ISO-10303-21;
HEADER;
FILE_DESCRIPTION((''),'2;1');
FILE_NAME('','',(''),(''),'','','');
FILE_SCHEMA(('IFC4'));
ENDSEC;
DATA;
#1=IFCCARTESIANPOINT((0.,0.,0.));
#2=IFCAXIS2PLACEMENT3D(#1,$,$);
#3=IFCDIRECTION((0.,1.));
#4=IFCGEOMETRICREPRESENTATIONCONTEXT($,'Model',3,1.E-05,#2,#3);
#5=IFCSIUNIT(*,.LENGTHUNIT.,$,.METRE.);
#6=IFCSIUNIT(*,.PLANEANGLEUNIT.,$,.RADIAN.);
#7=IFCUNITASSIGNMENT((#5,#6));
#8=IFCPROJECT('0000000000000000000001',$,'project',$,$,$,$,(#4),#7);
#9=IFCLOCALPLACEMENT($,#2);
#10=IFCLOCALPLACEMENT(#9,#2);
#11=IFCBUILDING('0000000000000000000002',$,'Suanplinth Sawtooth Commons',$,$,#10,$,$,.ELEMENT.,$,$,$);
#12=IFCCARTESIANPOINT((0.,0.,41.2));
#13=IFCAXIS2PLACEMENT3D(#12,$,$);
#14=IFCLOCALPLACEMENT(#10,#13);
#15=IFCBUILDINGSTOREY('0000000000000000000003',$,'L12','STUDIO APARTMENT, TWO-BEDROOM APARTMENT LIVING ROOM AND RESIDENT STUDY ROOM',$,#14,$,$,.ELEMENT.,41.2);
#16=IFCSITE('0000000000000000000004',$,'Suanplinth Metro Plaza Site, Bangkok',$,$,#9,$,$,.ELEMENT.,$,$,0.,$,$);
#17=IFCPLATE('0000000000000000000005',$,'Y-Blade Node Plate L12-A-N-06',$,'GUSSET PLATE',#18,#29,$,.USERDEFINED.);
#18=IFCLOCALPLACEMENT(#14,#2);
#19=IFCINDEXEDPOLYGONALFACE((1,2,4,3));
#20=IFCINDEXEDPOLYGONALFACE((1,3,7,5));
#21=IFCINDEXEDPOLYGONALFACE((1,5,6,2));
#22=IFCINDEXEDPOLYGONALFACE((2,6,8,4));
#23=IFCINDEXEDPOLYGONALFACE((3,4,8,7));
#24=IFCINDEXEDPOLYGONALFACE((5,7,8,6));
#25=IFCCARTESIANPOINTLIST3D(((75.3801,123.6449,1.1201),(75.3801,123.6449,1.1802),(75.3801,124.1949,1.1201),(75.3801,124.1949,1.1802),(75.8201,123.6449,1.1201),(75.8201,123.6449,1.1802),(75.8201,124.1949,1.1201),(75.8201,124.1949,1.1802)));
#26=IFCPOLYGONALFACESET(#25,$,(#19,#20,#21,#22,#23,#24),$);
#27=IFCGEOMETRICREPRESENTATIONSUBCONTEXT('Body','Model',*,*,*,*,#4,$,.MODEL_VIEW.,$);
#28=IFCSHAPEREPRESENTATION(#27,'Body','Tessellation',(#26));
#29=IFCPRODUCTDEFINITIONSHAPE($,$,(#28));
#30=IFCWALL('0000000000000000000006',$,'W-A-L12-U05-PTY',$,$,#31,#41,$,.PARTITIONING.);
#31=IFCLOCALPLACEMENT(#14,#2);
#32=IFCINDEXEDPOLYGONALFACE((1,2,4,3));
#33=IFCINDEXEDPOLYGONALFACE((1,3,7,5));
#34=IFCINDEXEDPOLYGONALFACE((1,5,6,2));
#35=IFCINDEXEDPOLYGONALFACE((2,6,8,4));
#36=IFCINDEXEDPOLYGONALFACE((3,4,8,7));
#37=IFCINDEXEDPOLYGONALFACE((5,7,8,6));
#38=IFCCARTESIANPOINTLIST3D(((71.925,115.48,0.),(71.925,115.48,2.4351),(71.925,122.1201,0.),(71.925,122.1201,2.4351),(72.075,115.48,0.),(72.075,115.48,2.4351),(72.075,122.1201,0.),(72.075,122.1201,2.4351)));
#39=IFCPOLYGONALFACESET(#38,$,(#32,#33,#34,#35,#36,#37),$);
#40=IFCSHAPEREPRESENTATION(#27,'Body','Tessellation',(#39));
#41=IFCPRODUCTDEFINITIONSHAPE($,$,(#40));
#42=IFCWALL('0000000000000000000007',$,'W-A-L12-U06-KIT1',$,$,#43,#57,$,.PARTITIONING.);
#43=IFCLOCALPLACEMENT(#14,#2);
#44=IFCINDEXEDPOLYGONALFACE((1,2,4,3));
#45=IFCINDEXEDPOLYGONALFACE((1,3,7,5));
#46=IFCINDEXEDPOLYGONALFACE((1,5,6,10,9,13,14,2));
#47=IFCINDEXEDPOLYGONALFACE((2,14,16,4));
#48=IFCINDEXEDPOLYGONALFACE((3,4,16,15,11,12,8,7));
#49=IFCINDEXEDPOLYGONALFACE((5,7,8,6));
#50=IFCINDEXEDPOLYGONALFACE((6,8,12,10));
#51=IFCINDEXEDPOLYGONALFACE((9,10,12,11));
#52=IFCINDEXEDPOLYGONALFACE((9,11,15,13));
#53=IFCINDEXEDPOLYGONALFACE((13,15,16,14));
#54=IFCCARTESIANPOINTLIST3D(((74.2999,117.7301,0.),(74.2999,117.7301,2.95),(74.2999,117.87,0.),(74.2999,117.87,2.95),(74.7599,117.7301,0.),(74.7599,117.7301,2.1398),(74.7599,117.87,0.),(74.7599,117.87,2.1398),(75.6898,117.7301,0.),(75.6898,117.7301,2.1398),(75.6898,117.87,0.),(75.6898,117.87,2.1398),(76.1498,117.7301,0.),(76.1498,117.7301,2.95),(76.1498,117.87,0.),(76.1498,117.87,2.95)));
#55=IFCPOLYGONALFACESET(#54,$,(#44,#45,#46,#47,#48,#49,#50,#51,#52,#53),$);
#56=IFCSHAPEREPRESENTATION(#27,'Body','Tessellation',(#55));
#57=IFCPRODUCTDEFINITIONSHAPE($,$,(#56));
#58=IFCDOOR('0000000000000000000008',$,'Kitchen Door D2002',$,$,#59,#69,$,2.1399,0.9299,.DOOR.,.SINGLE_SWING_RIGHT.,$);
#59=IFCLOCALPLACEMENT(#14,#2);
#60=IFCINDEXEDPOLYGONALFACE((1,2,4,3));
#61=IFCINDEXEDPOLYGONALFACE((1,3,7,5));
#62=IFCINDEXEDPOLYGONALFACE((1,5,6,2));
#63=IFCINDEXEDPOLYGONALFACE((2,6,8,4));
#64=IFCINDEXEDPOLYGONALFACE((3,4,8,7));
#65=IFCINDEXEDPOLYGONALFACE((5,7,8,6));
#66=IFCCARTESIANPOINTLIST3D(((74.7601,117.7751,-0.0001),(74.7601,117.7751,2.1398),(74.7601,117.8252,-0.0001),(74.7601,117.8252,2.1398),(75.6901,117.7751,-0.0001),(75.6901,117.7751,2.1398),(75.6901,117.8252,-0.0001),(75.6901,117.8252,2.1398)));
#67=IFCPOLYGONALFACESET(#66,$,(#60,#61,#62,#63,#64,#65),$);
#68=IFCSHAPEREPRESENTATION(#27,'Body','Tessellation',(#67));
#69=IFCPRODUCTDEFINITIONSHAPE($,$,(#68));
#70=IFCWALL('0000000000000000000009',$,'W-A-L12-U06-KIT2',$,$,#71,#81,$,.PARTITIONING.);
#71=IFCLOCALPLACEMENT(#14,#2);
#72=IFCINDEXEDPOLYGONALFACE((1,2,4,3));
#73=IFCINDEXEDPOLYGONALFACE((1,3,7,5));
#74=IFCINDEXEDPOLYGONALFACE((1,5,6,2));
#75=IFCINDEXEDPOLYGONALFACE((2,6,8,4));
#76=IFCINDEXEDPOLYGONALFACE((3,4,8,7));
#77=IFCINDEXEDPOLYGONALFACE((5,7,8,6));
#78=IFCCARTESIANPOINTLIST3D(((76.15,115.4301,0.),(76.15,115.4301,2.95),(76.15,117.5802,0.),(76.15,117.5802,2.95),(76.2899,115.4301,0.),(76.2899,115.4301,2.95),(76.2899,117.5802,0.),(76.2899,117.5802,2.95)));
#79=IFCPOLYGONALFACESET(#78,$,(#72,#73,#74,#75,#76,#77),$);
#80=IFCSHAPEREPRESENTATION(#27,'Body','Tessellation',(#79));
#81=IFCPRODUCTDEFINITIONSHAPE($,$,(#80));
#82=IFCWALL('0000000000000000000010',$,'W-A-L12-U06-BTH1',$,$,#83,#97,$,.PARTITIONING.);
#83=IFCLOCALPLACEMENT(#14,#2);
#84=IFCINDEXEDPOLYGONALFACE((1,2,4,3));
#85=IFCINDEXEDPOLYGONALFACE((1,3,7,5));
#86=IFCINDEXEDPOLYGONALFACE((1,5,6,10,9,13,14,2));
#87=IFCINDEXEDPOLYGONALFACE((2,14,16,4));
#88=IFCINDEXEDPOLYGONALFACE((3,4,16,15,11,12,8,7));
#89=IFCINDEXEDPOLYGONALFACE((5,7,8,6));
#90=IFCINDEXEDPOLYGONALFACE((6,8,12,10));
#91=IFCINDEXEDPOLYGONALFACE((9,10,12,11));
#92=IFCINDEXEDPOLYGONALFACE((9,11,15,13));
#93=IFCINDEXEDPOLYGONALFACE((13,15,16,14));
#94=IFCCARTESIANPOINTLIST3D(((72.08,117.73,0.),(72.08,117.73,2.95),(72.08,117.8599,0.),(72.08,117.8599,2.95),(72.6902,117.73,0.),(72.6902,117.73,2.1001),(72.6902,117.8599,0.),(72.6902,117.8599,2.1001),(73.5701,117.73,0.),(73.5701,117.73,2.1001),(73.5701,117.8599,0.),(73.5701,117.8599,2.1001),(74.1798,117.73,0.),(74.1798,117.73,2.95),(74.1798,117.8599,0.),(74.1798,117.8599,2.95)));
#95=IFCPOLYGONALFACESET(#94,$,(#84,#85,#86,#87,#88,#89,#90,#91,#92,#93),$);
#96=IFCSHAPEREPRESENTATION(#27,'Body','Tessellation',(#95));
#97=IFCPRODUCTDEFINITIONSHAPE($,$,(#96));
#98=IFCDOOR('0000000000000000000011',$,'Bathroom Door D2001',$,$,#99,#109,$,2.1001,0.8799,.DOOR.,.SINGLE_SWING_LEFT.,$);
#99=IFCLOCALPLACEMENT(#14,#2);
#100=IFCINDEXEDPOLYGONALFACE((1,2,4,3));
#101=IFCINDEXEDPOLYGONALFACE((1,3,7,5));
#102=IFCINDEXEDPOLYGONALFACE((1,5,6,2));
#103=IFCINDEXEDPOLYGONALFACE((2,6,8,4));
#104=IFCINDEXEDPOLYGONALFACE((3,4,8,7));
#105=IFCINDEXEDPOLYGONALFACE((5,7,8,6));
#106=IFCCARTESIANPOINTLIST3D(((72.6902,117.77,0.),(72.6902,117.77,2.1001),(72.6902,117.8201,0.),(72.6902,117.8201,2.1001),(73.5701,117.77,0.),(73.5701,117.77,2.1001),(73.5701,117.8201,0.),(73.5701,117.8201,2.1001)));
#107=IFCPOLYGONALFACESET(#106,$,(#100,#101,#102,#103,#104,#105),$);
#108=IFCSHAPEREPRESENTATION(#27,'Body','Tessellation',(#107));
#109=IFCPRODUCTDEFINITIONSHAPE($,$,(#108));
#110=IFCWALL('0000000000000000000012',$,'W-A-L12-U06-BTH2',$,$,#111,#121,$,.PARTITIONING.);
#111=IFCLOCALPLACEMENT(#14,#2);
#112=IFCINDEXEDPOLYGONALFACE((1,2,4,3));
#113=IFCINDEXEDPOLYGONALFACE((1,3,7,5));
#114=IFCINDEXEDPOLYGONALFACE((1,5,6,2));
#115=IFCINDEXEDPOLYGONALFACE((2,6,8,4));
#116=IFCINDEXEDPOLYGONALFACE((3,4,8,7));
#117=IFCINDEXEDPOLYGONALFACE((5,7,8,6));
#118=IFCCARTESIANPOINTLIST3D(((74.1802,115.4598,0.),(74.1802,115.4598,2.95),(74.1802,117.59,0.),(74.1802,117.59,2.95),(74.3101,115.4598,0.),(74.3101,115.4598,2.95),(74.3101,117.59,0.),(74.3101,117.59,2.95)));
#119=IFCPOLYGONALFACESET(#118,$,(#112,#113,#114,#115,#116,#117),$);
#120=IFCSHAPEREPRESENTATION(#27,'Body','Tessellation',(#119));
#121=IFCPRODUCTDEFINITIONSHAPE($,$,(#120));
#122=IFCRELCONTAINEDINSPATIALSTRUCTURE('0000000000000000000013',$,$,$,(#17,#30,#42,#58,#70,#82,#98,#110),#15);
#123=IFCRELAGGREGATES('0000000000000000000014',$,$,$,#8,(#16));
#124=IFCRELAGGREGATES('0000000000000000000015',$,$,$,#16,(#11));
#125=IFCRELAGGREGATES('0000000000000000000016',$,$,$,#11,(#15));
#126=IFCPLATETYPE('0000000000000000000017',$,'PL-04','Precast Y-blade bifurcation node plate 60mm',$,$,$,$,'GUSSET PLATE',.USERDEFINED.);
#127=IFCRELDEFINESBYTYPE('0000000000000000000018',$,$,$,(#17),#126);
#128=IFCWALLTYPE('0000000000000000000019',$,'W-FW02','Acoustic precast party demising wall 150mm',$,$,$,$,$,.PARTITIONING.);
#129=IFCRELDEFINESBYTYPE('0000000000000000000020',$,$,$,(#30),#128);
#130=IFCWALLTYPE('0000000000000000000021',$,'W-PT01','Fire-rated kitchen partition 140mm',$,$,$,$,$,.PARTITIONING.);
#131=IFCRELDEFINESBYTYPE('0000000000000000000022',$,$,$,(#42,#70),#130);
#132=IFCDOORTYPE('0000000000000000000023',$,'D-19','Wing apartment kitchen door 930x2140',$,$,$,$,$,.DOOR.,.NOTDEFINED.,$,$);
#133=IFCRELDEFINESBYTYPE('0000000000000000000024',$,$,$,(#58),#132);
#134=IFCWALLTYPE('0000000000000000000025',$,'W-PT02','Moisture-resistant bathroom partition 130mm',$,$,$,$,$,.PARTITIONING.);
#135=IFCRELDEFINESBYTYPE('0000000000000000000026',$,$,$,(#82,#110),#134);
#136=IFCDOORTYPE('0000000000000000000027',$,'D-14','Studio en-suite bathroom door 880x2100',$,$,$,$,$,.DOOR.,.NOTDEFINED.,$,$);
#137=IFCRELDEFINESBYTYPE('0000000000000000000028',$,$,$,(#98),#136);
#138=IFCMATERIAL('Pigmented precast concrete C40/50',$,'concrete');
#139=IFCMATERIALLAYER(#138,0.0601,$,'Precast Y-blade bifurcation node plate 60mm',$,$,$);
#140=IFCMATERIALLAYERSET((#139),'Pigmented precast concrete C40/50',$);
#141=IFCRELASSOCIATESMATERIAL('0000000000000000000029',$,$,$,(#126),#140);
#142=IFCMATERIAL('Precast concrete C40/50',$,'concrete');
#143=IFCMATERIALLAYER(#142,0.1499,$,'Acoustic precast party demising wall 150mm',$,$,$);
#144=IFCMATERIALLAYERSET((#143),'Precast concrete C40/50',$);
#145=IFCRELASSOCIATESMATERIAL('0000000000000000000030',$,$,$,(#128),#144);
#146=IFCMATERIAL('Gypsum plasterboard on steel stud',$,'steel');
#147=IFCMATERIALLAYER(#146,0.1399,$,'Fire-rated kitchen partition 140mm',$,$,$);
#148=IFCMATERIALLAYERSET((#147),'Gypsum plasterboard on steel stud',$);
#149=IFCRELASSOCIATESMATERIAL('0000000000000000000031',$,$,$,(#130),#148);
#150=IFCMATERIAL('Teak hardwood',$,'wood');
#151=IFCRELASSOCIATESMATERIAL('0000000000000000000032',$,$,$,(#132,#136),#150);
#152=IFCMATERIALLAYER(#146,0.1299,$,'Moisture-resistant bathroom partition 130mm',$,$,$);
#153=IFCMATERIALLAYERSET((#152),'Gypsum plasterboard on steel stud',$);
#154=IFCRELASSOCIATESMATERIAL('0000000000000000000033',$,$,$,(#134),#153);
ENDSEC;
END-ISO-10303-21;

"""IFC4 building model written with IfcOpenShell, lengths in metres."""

from ifc_helpers import new_model, si_unit, direction, frame, frame_2d, origin, origin_2d, place, context, subcontext, project, spatial, rectangle, extrude, material, layer, layer_set, type_object, element, fill, save


model = new_model("IFC4")

# Units and contexts
model_context = context("Model", 3, precision=1e-05, world=origin(), true_north=direction((0.0, 1.0)))
body_context = subcontext(model_context, "Body", "Model", "MODEL_VIEW")
ifc_project = project(units=[si_unit("LENGTHUNIT", "METRE"), si_unit("PLANEANGLEUNIT", "RADIAN")], contexts=[model_context])

# Site, building, storey
site_placement = place(None, origin())
site = spatial("IfcSite", under=ifc_project, at=site_placement, Name="Suanplinth Metro Plaza Site, Bangkok", CompositionType="ELEMENT", RefElevation=0.0)
building_placement = place(site_placement, origin())
building = spatial("IfcBuilding", under=site, at=building_placement, Name="Suanplinth Sawtooth Commons", CompositionType="ELEMENT")
storey_placement = place(building_placement, frame((0.0, 0.0, 41.2)))
storey = spatial("IfcBuildingStorey", under=building, at=storey_placement, Name="L12", Description="STUDIO APARTMENT, TWO-BEDROOM APARTMENT LIVING ROOM AND RESIDENT STUDY ROOM", CompositionType="ELEMENT", Elevation=41.2)

# Shared definitions
ifc_material_1 = material(Name="Precast concrete C40/50", Category="concrete")

# Shared definitions
ifc_material_2 = material(Name="Pigmented precast concrete C40/50", Category="concrete")

# Plate
ifc_layer_1 = layer(ifc_material_2, 0.0601, Name="Precast Y-blade bifurcation node plate 60mm")
ifc_layer_set_1 = layer_set([ifc_layer_1], Name="Pigmented precast concrete C40/50")
plate_type = type_object("IfcPlateType", Name="PL-04", Description="Precast Y-blade bifurcation node plate 60mm", ElementType="GUSSET PLATE", PredefinedType="USERDEFINED", material=ifc_layer_set_1)
for number, where, z_axis, x_axis, name in (
    (1, (75.6001, 123.9199, 1.1201), (0.0, 0.0, 1.0), (1.0, 0.0, 0.0), "Y-Blade Node Plate L12-A-N-06"),
):
    element("IfcPlate", number, at=place(storey_placement, frame(where, z_axis=z_axis, x_axis=x_axis)), inside=storey, type_object=plate_type, Name=name, ObjectType="GUSSET PLATE", PredefinedType="USERDEFINED", context=body_context, shape_type="SweptSolid", body=[
        extrude(rectangle(XDim=0.4399, YDim=0.55, at=origin_2d()), origin(), (0.0, 0.0, 1.0), 0.0601),
    ])

# Wall
ifc_layer_2 = layer(ifc_material_1, 0.1499, Name="Acoustic precast party demising wall 150mm")
ifc_layer_set_2 = layer_set([ifc_layer_2], Name="Precast concrete C40/50")
wall_type_1 = type_object("IfcWallType", Name="W-FW02", Description="Acoustic precast party demising wall 150mm", PredefinedType="PARTITIONING", material=ifc_layer_set_2)
wall_1_placement = place(storey_placement, frame((72.0, 115.48, 0.0), z_axis=(0.0, 0.0, 1.0), x_axis=(0.0, 1.0, 0.0)))
element("IfcWall", 2, at=wall_1_placement, inside=storey, type_object=wall_type_1, Name="W-A-L12-U05-PTY", PredefinedType="PARTITIONING", context=body_context, shape_type="SweptSolid", body=[
    extrude(rectangle(XDim=6.6401, YDim=0.1499, at=frame_2d((3.3201, 0.0))), origin(), (0.0, 0.0, 1.0), 2.4351),
])

# Wall, opening, door
ifc_material_3 = material(Name="Gypsum plasterboard on steel stud", Category="steel")
ifc_layer_3 = layer(ifc_material_3, 0.1399, Name="Fire-rated kitchen partition 140mm")
ifc_layer_set_3 = layer_set([ifc_layer_3], Name="Gypsum plasterboard on steel stud")
wall_type_2 = type_object("IfcWallType", Name="W-PT01", Description="Fire-rated kitchen partition 140mm", PredefinedType="PARTITIONING", material=ifc_layer_set_3)
wall_2_placement = place(storey_placement, frame((74.3, 117.8, 0.0), z_axis=(0.0, 0.0, 1.0), x_axis=(1.0, 0.0, 0.0)))
wall_2 = element("IfcWall", 3, at=wall_2_placement, inside=storey, type_object=wall_type_2, Name="W-A-L12-U06-KIT1", PredefinedType="PARTITIONING", context=body_context, shape_type="SweptSolid", body=[
    extrude(rectangle(XDim=1.8499, YDim=0.1399, at=frame_2d((0.9248, 0.0))), origin(), (0.0, 0.0, 1.0), 2.95),
])
opening_1_placement = place(wall_2_placement, frame((0.46, 0.0, 0.0)))
opening_1 = element("IfcOpeningElement", 4, at=opening_1_placement, cuts=wall_2, PredefinedType="OPENING", context=body_context, shape_type="SweptSolid", body=[
    extrude(rectangle(XDim=0.9299, YDim=2.1399, at=frame_2d((0.4648, 1.0698))), frame((0.0, 0.085, 0.0), z_axis=(0.0, -1.0, 0.0), x_axis=(1.0, 0.0, 0.0)), (0.0, 0.0, 1.0), 0.1697),
])
ifc_material_4 = material(Name="Teak hardwood", Category="wood")
door_type_1 = type_object("IfcDoorType", Name="D-19", Description="Wing apartment kitchen door 930x2140", OperationType="NOTDEFINED", PredefinedType="DOOR", material=ifc_material_4)
door_1_placement = place(opening_1_placement, frame((0.9299, 0.0, 0.0), z_axis=(0.0, 0.0, 1.0), x_axis=(-1.0, 0.0, 0.0)))
door_1 = element("IfcDoor", 5, at=door_1_placement, inside=storey, type_object=door_type_1, Name="Kitchen Door D2002", OperationType="SINGLE_SWING_RIGHT", OverallHeight=2.1399, OverallWidth=0.9299, PredefinedType="DOOR", context=body_context, shape_type="SweptSolid", body=[
    extrude(rectangle(XDim=0.9299, YDim=2.1399, at=frame_2d((0.4648, 1.0698))), frame((0.0, 0.0249, 0.0), z_axis=(0.0, -1.0, 0.0), x_axis=(1.0, 0.0, 0.0)), (0.0, 0.0, 1.0), 0.05),
])
fill(opening_1, door_1)

# Wall
wall_3_placement = place(storey_placement, frame((76.22, 115.4299, 0.0), z_axis=(0.0, 0.0, 1.0), x_axis=(0.0, 1.0, 0.0)))
element("IfcWall", 6, at=wall_3_placement, inside=storey, type_object=wall_type_2, Name="W-A-L12-U06-KIT2", PredefinedType="PARTITIONING", context=body_context, shape_type="SweptSolid", body=[
    extrude(rectangle(XDim=2.1501, YDim=0.1399, at=frame_2d((1.0752, 0.0))), origin(), (0.0, 0.0, 1.0), 2.95),
])

# Wall, opening, door
ifc_layer_4 = layer(ifc_material_3, 0.1299, Name="Moisture-resistant bathroom partition 130mm")
ifc_layer_set_4 = layer_set([ifc_layer_4], Name="Gypsum plasterboard on steel stud")
wall_type_3 = type_object("IfcWallType", Name="W-PT02", Description="Moisture-resistant bathroom partition 130mm", PredefinedType="PARTITIONING", material=ifc_layer_set_4)
wall_4_placement = place(storey_placement, frame((72.0801, 117.7949, 0.0), z_axis=(0.0, 0.0, 1.0), x_axis=(1.0, 0.0, 0.0)))
wall_4 = element("IfcWall", 7, at=wall_4_placement, inside=storey, type_object=wall_type_3, Name="W-A-L12-U06-BTH1", PredefinedType="PARTITIONING", context=body_context, shape_type="SweptSolid", body=[
    extrude(rectangle(XDim=2.0999, YDim=0.1299, at=frame_2d((1.0498, 0.0))), origin(), (0.0, 0.0, 1.0), 2.95),
])
opening_2_placement = place(wall_4_placement, frame((0.6101, 0.0, 0.0)))
opening_2 = element("IfcOpeningElement", 8, at=opening_2_placement, cuts=wall_4, PredefinedType="OPENING", context=body_context, shape_type="SweptSolid", body=[
    extrude(rectangle(XDim=0.8799, YDim=2.1001, at=frame_2d((0.4399, 1.05))), frame((0.0, 0.0798, 0.0), z_axis=(0.0, -1.0, 0.0), x_axis=(1.0, 0.0, 0.0)), (0.0, 0.0, 1.0), 0.1597),
])
door_type_2 = type_object("IfcDoorType", Name="D-14", Description="Studio en-suite bathroom door 880x2100", OperationType="NOTDEFINED", PredefinedType="DOOR", material=ifc_material_4)
door_2_placement = place(opening_2_placement, frame((0.8799, 0.0, 0.0), z_axis=(0.0, 0.0, 1.0), x_axis=(-1.0, 0.0, 0.0)))
door_2 = element("IfcDoor", 9, at=door_2_placement, inside=storey, type_object=door_type_2, Name="Bathroom Door D2001", OperationType="SINGLE_SWING_LEFT", OverallHeight=2.1001, OverallWidth=0.8799, PredefinedType="DOOR", context=body_context, shape_type="SweptSolid", body=[
    extrude(rectangle(XDim=0.8799, YDim=2.1001, at=frame_2d((0.4399, 1.05))), frame((0.0, 0.0249, 0.0), z_axis=(0.0, -1.0, 0.0), x_axis=(1.0, 0.0, 0.0)), (0.0, 0.0, 1.0), 0.05),
])
fill(opening_2, door_2)

# Wall
wall_5_placement = place(storey_placement, frame((74.2451, 115.46, 0.0), z_axis=(0.0, 0.0, 1.0), x_axis=(0.0, 1.0, 0.0)))
element("IfcWall", 10, at=wall_5_placement, inside=storey, type_object=wall_type_3, Name="W-A-L12-U06-BTH2", PredefinedType="PARTITIONING", context=body_context, shape_type="SweptSolid", body=[
    extrude(rectangle(XDim=2.1301, YDim=0.1299, at=frame_2d((1.0649, 0.0))), origin(), (0.0, 0.0, 1.0), 2.95),
])

save(model, "model.ifc")
